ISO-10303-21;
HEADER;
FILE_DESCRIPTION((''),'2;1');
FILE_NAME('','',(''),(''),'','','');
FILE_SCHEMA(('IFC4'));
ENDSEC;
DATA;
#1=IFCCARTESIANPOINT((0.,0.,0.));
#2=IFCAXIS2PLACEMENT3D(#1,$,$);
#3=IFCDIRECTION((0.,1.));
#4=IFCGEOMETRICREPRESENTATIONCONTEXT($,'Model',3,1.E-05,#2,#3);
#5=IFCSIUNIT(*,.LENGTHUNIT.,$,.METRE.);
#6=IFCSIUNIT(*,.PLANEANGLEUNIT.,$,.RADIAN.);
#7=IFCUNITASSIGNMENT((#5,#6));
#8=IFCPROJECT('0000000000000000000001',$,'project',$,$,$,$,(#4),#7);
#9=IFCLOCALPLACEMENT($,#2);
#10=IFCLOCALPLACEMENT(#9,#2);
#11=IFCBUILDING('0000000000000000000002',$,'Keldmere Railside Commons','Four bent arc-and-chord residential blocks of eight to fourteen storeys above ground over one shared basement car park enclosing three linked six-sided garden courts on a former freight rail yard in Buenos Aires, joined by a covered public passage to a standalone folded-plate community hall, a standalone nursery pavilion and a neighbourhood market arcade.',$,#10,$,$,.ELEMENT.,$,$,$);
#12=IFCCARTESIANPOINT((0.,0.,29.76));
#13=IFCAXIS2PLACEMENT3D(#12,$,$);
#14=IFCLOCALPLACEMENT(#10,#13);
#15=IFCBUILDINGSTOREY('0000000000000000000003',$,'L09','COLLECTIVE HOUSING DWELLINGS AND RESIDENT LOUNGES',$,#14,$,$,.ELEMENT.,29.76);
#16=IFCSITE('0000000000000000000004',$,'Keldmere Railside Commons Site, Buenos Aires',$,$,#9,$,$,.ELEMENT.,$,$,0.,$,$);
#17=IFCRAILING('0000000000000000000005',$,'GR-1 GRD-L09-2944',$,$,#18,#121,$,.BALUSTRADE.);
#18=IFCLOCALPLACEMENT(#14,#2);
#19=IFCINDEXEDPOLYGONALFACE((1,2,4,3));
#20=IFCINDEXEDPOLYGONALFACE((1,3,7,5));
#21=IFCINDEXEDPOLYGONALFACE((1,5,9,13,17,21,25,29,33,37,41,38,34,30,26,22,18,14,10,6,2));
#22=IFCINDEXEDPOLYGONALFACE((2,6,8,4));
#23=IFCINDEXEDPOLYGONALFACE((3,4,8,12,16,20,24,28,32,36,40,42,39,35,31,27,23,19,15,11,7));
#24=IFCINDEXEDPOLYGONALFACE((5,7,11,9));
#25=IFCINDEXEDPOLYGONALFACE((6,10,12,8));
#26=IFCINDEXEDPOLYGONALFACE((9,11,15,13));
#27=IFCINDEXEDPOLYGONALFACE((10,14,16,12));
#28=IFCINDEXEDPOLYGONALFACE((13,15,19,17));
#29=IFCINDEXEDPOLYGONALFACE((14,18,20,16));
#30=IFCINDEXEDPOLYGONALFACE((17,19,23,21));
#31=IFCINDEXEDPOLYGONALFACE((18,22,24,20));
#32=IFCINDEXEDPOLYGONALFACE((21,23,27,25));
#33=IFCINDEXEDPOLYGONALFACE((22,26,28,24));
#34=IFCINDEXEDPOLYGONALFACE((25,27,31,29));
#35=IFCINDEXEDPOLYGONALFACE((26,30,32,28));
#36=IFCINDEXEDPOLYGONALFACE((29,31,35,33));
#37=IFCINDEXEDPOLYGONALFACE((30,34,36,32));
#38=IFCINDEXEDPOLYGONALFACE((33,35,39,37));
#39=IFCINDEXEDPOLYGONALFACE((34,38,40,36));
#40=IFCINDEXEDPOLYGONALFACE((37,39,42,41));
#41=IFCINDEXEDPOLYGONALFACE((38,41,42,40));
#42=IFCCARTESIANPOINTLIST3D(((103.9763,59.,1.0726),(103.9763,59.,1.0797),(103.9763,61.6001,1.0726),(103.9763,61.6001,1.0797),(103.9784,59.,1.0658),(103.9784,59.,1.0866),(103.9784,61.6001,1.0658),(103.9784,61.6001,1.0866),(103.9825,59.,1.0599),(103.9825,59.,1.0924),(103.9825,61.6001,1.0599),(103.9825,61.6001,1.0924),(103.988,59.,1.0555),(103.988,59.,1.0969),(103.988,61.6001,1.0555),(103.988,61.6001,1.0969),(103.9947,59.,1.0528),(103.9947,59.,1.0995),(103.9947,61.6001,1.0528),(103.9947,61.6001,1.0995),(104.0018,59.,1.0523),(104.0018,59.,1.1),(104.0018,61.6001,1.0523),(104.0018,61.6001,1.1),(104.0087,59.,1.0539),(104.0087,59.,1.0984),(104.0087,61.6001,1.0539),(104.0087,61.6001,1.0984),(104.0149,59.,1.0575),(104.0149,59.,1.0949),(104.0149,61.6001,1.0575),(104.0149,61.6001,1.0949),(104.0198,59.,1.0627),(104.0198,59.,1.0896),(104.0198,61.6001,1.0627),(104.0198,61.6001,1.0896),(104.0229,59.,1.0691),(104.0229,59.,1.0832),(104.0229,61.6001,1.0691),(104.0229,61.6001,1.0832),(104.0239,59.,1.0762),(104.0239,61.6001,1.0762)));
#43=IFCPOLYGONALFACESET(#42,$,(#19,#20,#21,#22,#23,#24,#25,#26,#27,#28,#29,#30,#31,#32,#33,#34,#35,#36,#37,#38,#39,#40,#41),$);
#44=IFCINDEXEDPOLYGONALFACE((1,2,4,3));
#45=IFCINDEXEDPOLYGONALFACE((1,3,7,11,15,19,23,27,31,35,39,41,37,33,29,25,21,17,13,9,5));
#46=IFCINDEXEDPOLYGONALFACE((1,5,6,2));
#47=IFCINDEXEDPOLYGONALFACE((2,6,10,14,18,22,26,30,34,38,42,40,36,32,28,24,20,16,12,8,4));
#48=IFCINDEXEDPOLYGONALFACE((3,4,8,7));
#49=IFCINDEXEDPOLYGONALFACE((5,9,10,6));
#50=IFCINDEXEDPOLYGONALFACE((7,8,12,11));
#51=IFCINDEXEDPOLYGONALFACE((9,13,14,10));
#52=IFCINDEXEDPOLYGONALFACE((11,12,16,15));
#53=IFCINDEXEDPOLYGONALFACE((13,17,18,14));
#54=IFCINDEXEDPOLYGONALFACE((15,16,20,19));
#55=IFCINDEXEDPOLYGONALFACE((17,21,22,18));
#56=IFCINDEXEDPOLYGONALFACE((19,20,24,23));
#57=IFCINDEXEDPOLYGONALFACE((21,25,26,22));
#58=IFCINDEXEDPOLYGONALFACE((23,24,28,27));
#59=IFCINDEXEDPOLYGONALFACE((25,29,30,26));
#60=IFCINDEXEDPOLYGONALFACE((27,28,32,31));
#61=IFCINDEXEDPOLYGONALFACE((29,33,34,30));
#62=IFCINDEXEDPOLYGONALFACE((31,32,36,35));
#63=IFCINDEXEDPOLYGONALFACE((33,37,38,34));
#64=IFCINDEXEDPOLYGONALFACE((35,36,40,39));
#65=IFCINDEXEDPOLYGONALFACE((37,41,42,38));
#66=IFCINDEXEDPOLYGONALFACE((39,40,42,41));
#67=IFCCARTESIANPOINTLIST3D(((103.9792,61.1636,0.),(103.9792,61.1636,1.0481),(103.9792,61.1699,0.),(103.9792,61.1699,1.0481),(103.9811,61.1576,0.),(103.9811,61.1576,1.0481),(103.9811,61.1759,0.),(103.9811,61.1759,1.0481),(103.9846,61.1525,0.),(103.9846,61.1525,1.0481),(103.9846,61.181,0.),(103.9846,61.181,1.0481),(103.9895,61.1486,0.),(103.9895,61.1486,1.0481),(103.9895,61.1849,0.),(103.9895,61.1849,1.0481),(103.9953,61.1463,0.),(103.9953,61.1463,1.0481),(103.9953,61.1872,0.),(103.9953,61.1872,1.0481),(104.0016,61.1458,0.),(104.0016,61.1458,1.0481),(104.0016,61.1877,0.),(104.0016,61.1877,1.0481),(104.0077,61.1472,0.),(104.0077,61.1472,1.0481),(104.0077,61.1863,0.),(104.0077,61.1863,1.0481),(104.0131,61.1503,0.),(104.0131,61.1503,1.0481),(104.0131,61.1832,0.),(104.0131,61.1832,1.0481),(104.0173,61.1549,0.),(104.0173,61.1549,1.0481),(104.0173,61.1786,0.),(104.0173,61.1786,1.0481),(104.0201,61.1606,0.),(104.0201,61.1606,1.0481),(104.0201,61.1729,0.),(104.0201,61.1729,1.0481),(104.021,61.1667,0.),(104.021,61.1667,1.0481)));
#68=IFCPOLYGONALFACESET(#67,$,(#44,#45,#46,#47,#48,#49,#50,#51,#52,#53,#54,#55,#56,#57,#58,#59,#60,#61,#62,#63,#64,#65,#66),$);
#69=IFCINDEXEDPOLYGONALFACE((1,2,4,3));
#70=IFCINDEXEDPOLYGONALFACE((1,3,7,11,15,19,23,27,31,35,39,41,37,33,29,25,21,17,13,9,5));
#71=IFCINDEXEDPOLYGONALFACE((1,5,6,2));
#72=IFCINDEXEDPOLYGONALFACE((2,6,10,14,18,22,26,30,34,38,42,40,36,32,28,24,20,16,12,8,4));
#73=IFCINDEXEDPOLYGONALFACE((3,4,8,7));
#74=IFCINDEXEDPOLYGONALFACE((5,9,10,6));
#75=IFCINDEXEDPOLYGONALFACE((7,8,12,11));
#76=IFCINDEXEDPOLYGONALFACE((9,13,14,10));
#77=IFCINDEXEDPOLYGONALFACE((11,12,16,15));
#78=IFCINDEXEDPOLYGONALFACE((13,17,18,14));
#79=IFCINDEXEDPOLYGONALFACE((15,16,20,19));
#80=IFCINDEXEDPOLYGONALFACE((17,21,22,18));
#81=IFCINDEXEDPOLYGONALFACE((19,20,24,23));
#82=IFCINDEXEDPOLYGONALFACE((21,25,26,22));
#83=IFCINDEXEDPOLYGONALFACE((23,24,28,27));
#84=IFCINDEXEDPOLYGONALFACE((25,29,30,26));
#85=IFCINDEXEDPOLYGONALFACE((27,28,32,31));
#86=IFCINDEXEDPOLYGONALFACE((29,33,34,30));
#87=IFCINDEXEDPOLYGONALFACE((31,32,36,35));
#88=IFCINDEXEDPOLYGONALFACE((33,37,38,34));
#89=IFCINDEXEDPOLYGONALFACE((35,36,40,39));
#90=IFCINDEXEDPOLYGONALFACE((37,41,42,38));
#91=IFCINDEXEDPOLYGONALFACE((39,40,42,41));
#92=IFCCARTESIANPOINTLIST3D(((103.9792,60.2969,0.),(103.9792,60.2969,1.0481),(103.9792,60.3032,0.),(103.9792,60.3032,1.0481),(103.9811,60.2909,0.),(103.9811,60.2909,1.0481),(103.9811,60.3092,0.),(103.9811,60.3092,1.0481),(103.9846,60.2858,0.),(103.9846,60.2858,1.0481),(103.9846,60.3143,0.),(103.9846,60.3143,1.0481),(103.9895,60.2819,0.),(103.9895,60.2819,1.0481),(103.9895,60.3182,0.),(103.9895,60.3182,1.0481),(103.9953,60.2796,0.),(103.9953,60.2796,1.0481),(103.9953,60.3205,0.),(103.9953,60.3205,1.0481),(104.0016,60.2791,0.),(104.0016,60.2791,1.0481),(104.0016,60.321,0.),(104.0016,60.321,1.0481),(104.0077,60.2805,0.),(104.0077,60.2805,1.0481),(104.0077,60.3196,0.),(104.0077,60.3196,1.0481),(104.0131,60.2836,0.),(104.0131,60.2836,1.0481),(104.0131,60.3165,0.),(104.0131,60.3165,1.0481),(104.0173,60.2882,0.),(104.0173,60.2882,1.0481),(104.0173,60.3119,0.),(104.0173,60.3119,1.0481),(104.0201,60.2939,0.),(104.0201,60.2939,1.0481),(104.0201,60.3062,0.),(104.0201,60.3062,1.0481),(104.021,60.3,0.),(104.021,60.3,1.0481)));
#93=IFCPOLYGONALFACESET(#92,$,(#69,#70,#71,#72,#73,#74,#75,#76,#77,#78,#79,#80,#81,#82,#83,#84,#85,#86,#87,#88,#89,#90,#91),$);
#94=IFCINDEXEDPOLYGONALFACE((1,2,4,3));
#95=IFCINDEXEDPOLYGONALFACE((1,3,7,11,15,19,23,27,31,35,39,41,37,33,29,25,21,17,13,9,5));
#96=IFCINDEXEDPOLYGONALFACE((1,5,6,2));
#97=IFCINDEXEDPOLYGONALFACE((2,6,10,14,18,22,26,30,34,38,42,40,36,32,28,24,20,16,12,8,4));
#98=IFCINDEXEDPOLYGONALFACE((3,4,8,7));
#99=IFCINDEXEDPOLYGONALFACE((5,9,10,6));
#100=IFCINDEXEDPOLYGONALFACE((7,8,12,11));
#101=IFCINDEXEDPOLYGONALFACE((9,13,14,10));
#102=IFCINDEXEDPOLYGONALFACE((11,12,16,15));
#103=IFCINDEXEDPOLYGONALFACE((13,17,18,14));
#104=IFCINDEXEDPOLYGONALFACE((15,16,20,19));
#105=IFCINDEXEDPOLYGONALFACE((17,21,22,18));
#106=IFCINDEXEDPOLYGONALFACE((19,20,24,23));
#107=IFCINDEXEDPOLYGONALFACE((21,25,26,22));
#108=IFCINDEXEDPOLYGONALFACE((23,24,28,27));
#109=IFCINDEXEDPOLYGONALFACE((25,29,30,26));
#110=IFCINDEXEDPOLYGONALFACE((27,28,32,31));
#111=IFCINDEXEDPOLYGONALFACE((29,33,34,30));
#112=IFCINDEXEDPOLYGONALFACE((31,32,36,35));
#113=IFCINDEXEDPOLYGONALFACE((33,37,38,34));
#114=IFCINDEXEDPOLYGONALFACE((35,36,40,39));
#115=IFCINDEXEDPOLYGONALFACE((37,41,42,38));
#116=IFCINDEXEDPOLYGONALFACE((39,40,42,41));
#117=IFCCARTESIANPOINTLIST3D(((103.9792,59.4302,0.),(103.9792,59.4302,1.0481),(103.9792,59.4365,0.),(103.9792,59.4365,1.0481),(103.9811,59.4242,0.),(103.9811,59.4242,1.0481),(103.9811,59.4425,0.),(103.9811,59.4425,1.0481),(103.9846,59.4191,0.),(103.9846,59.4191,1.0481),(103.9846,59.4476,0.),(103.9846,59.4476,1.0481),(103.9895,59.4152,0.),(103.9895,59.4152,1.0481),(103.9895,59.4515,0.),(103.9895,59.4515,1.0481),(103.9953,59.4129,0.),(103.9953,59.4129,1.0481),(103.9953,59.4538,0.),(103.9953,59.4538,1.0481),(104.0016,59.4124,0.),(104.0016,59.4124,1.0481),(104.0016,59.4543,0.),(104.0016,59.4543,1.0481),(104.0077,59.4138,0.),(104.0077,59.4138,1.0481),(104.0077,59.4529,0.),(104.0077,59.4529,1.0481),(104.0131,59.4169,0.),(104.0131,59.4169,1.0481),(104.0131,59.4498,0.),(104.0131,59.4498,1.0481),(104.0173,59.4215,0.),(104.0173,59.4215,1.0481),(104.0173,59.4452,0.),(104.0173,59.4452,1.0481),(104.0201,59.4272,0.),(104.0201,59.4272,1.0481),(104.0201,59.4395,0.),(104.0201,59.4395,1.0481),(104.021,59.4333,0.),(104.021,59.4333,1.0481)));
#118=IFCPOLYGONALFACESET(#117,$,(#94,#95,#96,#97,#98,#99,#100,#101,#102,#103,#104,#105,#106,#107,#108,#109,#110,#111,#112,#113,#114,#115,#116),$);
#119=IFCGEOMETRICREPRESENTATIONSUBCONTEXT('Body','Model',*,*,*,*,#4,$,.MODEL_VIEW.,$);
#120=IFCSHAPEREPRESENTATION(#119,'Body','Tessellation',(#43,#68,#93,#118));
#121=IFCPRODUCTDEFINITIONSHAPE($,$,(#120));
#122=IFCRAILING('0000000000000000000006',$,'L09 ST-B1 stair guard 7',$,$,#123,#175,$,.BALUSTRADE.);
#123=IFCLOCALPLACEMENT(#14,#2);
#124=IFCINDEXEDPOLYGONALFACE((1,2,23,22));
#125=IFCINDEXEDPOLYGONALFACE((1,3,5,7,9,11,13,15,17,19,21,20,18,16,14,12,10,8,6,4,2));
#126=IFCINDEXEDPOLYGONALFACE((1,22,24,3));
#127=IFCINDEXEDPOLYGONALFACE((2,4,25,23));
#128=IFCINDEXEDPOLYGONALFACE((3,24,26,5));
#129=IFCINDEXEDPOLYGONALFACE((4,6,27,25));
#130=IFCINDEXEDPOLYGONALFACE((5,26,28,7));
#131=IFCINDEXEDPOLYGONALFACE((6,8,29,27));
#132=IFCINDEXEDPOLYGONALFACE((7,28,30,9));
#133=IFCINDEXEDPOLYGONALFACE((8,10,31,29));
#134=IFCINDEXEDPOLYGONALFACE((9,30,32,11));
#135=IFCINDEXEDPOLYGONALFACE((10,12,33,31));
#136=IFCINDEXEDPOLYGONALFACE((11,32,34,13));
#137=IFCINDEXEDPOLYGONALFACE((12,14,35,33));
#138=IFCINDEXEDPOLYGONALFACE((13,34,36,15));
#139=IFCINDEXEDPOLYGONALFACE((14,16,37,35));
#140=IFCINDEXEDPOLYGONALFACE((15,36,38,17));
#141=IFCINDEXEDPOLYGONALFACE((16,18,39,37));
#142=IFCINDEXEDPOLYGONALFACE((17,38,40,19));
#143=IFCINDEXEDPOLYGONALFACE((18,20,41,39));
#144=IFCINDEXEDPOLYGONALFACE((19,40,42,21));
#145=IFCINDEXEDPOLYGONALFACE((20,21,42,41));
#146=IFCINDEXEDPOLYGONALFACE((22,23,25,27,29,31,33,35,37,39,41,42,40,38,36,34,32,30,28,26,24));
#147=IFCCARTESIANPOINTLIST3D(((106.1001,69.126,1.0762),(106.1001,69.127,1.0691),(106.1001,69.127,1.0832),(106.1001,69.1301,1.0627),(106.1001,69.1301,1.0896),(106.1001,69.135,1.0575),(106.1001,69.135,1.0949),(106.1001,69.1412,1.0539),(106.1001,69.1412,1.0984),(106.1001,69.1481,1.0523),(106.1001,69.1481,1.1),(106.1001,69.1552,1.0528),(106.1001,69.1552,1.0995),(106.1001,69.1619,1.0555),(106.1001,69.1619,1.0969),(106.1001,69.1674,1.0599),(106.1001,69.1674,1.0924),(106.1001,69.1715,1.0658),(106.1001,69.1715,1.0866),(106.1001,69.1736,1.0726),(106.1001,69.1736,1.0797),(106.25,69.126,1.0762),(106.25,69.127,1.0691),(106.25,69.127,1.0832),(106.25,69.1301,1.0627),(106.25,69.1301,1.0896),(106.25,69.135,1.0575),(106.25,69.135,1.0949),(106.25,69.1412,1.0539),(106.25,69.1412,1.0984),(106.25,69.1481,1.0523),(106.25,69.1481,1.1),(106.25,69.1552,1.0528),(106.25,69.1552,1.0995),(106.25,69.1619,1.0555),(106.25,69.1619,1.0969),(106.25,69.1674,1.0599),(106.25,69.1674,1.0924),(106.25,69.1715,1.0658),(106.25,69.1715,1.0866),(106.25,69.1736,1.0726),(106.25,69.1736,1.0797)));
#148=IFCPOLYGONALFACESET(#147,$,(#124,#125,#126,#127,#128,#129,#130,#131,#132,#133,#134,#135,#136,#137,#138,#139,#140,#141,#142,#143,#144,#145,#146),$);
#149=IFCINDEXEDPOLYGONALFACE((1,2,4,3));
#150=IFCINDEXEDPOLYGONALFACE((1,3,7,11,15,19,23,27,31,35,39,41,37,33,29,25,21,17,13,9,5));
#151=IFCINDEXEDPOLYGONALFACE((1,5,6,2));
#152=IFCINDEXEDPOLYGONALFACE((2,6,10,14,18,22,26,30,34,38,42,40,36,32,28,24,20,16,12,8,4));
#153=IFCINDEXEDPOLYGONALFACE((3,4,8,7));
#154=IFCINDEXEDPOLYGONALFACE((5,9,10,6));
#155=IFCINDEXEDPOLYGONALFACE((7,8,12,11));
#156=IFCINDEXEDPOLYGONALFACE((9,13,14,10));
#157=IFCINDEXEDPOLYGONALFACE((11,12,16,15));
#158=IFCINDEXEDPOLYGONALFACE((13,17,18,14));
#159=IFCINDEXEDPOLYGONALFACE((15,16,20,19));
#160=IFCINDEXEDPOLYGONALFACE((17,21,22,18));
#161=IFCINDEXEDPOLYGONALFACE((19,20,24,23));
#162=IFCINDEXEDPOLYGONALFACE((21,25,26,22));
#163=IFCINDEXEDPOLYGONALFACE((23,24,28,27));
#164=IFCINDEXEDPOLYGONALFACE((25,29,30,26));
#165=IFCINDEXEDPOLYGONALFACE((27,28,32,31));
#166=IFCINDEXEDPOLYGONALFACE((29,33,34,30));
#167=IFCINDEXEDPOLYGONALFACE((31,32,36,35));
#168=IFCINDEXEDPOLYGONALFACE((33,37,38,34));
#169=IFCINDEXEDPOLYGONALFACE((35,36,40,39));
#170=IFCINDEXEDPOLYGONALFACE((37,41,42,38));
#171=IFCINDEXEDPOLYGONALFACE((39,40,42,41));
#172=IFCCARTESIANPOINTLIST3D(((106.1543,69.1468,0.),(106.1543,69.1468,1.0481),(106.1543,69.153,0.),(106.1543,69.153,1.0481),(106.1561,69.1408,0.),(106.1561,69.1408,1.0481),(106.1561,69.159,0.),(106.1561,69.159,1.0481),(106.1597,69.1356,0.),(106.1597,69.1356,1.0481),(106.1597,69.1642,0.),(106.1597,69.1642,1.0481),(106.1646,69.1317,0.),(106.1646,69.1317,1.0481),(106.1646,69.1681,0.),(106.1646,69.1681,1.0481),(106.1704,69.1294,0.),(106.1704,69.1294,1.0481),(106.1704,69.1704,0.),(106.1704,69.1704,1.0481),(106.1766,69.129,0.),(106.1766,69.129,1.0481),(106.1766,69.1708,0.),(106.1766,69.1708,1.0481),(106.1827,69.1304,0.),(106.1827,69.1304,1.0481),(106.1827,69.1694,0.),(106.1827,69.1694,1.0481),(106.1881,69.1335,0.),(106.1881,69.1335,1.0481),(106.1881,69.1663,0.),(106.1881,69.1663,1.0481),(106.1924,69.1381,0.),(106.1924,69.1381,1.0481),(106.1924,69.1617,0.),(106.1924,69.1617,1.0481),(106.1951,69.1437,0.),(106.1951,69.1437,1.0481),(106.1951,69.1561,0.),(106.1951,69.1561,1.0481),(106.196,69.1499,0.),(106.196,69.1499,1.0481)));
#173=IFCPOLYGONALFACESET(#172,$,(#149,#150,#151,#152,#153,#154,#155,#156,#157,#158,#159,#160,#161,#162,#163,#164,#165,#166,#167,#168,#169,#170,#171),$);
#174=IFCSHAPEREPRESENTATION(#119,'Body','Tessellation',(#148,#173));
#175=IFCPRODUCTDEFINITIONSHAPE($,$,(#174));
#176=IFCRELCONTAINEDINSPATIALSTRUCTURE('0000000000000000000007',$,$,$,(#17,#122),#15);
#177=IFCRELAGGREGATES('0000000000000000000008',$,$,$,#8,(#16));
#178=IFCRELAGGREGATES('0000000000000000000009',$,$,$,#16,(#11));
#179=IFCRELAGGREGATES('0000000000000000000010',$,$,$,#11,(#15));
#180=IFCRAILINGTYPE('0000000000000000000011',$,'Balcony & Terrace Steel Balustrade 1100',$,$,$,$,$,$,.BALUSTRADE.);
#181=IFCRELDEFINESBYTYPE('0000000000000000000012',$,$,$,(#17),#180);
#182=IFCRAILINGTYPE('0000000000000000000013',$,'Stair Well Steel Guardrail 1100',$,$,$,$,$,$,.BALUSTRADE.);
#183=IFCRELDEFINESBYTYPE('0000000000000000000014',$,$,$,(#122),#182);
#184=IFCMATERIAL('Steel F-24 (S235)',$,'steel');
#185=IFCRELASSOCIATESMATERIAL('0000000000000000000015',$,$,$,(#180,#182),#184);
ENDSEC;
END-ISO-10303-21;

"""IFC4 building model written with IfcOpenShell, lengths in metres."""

from ifc_helpers import new_model, si_unit, direction, frame, origin, origin_2d, place, context, subcontext, project, spatial, circle, extrude, material, type_object, element, save


model = new_model("IFC4")

# Units and contexts
model_context = context("Model", 3, precision=1e-05, world=origin(), true_north=direction((0.0, 1.0)))
body_context = subcontext(model_context, "Body", "Model", "MODEL_VIEW")
ifc_project = project(units=[si_unit("LENGTHUNIT", "METRE"), si_unit("PLANEANGLEUNIT", "RADIAN")], contexts=[model_context])

# Site, building, storey
site_placement = place(None, origin())
site = spatial("IfcSite", under=ifc_project, at=site_placement, Name="Keldmere Railside Commons Site, Buenos Aires", CompositionType="ELEMENT", RefElevation=0.0)
building_placement = place(site_placement, origin())
building = spatial("IfcBuilding", under=site, at=building_placement, Name="Keldmere Railside Commons", Description="Four bent arc-and-chord residential blocks of eight to fourteen storeys above ground over one shared basement car park enclosing three linked six-sided garden courts on a former freight rail yard in Buenos Aires, joined by a covered public passage to a standalone folded-plate community hall, a standalone nursery pavilion and a neighbourhood market arcade.", CompositionType="ELEMENT")
storey_placement = place(building_placement, frame((0.0, 0.0, 29.76)))
storey = spatial("IfcBuildingStorey", under=building, at=storey_placement, Name="L09", Description="COLLECTIVE HOUSING DWELLINGS AND RESIDENT LOUNGES", CompositionType="ELEMENT", Elevation=29.76)

# Railings
ifc_material_1 = material(Name="Steel F-24 (S235)", Category="steel")
railing_type_1 = type_object("IfcRailingType", Name="Balcony & Terrace Steel Balustrade 1100", PredefinedType="BALUSTRADE", material=ifc_material_1)
railing_1_placement = place(storey_placement, frame((104.0, 61.6001, 0.0)))
element("IfcRailing", 1, at=railing_1_placement, inside=storey, type_object=railing_type_1, Name="GR-1 GRD-L09-2944", PredefinedType="BALUSTRADE", context=body_context, shape_type="SweptSolid", body=[
    extrude(circle(Radius=0.0239, at=origin_2d()), frame((0.0, 0.0, 1.0762), z_axis=(0.0, -1.0, 0.0), x_axis=(1.0, 0.0, 0.0)), (0.0, 0.0, 1.0), 2.6001),
    extrude(circle(Radius=0.021, at=origin_2d()), frame((0.0, -0.4333, 0.0)), (0.0, 0.0, 1.0), 1.0481),
    extrude(circle(Radius=0.021, at=origin_2d()), frame((0.0, -1.3, 0.0)), (0.0, 0.0, 1.0), 1.0481),
    extrude(circle(Radius=0.021, at=origin_2d()), frame((0.0, -2.1667, 0.0)), (0.0, 0.0, 1.0), 1.0481),
])
railing_type_2 = type_object("IfcRailingType", Name="Stair Well Steel Guardrail 1100", PredefinedType="BALUSTRADE", material=ifc_material_1)
railing_2_placement = place(storey_placement, frame((106.25, 69.1499, 0.0)))
element("IfcRailing", 2, at=railing_2_placement, inside=storey, type_object=railing_type_2, Name="L09 ST-B1 stair guard 7", PredefinedType="BALUSTRADE", context=body_context, shape_type="SweptSolid", body=[
    extrude(circle(Radius=0.0239, at=origin_2d()), frame((0.0, 0.0, 1.0762), z_axis=(-1.0, 0.0, 0.0), x_axis=(0.0, -1.0, 0.0)), (0.0, 0.0, 1.0), 0.1499),
    extrude(circle(Radius=0.021, at=origin_2d()), frame((-0.075, 0.0, 0.0)), (0.0, 0.0, 1.0), 1.0481),
])

save(model, "model.ifc")
